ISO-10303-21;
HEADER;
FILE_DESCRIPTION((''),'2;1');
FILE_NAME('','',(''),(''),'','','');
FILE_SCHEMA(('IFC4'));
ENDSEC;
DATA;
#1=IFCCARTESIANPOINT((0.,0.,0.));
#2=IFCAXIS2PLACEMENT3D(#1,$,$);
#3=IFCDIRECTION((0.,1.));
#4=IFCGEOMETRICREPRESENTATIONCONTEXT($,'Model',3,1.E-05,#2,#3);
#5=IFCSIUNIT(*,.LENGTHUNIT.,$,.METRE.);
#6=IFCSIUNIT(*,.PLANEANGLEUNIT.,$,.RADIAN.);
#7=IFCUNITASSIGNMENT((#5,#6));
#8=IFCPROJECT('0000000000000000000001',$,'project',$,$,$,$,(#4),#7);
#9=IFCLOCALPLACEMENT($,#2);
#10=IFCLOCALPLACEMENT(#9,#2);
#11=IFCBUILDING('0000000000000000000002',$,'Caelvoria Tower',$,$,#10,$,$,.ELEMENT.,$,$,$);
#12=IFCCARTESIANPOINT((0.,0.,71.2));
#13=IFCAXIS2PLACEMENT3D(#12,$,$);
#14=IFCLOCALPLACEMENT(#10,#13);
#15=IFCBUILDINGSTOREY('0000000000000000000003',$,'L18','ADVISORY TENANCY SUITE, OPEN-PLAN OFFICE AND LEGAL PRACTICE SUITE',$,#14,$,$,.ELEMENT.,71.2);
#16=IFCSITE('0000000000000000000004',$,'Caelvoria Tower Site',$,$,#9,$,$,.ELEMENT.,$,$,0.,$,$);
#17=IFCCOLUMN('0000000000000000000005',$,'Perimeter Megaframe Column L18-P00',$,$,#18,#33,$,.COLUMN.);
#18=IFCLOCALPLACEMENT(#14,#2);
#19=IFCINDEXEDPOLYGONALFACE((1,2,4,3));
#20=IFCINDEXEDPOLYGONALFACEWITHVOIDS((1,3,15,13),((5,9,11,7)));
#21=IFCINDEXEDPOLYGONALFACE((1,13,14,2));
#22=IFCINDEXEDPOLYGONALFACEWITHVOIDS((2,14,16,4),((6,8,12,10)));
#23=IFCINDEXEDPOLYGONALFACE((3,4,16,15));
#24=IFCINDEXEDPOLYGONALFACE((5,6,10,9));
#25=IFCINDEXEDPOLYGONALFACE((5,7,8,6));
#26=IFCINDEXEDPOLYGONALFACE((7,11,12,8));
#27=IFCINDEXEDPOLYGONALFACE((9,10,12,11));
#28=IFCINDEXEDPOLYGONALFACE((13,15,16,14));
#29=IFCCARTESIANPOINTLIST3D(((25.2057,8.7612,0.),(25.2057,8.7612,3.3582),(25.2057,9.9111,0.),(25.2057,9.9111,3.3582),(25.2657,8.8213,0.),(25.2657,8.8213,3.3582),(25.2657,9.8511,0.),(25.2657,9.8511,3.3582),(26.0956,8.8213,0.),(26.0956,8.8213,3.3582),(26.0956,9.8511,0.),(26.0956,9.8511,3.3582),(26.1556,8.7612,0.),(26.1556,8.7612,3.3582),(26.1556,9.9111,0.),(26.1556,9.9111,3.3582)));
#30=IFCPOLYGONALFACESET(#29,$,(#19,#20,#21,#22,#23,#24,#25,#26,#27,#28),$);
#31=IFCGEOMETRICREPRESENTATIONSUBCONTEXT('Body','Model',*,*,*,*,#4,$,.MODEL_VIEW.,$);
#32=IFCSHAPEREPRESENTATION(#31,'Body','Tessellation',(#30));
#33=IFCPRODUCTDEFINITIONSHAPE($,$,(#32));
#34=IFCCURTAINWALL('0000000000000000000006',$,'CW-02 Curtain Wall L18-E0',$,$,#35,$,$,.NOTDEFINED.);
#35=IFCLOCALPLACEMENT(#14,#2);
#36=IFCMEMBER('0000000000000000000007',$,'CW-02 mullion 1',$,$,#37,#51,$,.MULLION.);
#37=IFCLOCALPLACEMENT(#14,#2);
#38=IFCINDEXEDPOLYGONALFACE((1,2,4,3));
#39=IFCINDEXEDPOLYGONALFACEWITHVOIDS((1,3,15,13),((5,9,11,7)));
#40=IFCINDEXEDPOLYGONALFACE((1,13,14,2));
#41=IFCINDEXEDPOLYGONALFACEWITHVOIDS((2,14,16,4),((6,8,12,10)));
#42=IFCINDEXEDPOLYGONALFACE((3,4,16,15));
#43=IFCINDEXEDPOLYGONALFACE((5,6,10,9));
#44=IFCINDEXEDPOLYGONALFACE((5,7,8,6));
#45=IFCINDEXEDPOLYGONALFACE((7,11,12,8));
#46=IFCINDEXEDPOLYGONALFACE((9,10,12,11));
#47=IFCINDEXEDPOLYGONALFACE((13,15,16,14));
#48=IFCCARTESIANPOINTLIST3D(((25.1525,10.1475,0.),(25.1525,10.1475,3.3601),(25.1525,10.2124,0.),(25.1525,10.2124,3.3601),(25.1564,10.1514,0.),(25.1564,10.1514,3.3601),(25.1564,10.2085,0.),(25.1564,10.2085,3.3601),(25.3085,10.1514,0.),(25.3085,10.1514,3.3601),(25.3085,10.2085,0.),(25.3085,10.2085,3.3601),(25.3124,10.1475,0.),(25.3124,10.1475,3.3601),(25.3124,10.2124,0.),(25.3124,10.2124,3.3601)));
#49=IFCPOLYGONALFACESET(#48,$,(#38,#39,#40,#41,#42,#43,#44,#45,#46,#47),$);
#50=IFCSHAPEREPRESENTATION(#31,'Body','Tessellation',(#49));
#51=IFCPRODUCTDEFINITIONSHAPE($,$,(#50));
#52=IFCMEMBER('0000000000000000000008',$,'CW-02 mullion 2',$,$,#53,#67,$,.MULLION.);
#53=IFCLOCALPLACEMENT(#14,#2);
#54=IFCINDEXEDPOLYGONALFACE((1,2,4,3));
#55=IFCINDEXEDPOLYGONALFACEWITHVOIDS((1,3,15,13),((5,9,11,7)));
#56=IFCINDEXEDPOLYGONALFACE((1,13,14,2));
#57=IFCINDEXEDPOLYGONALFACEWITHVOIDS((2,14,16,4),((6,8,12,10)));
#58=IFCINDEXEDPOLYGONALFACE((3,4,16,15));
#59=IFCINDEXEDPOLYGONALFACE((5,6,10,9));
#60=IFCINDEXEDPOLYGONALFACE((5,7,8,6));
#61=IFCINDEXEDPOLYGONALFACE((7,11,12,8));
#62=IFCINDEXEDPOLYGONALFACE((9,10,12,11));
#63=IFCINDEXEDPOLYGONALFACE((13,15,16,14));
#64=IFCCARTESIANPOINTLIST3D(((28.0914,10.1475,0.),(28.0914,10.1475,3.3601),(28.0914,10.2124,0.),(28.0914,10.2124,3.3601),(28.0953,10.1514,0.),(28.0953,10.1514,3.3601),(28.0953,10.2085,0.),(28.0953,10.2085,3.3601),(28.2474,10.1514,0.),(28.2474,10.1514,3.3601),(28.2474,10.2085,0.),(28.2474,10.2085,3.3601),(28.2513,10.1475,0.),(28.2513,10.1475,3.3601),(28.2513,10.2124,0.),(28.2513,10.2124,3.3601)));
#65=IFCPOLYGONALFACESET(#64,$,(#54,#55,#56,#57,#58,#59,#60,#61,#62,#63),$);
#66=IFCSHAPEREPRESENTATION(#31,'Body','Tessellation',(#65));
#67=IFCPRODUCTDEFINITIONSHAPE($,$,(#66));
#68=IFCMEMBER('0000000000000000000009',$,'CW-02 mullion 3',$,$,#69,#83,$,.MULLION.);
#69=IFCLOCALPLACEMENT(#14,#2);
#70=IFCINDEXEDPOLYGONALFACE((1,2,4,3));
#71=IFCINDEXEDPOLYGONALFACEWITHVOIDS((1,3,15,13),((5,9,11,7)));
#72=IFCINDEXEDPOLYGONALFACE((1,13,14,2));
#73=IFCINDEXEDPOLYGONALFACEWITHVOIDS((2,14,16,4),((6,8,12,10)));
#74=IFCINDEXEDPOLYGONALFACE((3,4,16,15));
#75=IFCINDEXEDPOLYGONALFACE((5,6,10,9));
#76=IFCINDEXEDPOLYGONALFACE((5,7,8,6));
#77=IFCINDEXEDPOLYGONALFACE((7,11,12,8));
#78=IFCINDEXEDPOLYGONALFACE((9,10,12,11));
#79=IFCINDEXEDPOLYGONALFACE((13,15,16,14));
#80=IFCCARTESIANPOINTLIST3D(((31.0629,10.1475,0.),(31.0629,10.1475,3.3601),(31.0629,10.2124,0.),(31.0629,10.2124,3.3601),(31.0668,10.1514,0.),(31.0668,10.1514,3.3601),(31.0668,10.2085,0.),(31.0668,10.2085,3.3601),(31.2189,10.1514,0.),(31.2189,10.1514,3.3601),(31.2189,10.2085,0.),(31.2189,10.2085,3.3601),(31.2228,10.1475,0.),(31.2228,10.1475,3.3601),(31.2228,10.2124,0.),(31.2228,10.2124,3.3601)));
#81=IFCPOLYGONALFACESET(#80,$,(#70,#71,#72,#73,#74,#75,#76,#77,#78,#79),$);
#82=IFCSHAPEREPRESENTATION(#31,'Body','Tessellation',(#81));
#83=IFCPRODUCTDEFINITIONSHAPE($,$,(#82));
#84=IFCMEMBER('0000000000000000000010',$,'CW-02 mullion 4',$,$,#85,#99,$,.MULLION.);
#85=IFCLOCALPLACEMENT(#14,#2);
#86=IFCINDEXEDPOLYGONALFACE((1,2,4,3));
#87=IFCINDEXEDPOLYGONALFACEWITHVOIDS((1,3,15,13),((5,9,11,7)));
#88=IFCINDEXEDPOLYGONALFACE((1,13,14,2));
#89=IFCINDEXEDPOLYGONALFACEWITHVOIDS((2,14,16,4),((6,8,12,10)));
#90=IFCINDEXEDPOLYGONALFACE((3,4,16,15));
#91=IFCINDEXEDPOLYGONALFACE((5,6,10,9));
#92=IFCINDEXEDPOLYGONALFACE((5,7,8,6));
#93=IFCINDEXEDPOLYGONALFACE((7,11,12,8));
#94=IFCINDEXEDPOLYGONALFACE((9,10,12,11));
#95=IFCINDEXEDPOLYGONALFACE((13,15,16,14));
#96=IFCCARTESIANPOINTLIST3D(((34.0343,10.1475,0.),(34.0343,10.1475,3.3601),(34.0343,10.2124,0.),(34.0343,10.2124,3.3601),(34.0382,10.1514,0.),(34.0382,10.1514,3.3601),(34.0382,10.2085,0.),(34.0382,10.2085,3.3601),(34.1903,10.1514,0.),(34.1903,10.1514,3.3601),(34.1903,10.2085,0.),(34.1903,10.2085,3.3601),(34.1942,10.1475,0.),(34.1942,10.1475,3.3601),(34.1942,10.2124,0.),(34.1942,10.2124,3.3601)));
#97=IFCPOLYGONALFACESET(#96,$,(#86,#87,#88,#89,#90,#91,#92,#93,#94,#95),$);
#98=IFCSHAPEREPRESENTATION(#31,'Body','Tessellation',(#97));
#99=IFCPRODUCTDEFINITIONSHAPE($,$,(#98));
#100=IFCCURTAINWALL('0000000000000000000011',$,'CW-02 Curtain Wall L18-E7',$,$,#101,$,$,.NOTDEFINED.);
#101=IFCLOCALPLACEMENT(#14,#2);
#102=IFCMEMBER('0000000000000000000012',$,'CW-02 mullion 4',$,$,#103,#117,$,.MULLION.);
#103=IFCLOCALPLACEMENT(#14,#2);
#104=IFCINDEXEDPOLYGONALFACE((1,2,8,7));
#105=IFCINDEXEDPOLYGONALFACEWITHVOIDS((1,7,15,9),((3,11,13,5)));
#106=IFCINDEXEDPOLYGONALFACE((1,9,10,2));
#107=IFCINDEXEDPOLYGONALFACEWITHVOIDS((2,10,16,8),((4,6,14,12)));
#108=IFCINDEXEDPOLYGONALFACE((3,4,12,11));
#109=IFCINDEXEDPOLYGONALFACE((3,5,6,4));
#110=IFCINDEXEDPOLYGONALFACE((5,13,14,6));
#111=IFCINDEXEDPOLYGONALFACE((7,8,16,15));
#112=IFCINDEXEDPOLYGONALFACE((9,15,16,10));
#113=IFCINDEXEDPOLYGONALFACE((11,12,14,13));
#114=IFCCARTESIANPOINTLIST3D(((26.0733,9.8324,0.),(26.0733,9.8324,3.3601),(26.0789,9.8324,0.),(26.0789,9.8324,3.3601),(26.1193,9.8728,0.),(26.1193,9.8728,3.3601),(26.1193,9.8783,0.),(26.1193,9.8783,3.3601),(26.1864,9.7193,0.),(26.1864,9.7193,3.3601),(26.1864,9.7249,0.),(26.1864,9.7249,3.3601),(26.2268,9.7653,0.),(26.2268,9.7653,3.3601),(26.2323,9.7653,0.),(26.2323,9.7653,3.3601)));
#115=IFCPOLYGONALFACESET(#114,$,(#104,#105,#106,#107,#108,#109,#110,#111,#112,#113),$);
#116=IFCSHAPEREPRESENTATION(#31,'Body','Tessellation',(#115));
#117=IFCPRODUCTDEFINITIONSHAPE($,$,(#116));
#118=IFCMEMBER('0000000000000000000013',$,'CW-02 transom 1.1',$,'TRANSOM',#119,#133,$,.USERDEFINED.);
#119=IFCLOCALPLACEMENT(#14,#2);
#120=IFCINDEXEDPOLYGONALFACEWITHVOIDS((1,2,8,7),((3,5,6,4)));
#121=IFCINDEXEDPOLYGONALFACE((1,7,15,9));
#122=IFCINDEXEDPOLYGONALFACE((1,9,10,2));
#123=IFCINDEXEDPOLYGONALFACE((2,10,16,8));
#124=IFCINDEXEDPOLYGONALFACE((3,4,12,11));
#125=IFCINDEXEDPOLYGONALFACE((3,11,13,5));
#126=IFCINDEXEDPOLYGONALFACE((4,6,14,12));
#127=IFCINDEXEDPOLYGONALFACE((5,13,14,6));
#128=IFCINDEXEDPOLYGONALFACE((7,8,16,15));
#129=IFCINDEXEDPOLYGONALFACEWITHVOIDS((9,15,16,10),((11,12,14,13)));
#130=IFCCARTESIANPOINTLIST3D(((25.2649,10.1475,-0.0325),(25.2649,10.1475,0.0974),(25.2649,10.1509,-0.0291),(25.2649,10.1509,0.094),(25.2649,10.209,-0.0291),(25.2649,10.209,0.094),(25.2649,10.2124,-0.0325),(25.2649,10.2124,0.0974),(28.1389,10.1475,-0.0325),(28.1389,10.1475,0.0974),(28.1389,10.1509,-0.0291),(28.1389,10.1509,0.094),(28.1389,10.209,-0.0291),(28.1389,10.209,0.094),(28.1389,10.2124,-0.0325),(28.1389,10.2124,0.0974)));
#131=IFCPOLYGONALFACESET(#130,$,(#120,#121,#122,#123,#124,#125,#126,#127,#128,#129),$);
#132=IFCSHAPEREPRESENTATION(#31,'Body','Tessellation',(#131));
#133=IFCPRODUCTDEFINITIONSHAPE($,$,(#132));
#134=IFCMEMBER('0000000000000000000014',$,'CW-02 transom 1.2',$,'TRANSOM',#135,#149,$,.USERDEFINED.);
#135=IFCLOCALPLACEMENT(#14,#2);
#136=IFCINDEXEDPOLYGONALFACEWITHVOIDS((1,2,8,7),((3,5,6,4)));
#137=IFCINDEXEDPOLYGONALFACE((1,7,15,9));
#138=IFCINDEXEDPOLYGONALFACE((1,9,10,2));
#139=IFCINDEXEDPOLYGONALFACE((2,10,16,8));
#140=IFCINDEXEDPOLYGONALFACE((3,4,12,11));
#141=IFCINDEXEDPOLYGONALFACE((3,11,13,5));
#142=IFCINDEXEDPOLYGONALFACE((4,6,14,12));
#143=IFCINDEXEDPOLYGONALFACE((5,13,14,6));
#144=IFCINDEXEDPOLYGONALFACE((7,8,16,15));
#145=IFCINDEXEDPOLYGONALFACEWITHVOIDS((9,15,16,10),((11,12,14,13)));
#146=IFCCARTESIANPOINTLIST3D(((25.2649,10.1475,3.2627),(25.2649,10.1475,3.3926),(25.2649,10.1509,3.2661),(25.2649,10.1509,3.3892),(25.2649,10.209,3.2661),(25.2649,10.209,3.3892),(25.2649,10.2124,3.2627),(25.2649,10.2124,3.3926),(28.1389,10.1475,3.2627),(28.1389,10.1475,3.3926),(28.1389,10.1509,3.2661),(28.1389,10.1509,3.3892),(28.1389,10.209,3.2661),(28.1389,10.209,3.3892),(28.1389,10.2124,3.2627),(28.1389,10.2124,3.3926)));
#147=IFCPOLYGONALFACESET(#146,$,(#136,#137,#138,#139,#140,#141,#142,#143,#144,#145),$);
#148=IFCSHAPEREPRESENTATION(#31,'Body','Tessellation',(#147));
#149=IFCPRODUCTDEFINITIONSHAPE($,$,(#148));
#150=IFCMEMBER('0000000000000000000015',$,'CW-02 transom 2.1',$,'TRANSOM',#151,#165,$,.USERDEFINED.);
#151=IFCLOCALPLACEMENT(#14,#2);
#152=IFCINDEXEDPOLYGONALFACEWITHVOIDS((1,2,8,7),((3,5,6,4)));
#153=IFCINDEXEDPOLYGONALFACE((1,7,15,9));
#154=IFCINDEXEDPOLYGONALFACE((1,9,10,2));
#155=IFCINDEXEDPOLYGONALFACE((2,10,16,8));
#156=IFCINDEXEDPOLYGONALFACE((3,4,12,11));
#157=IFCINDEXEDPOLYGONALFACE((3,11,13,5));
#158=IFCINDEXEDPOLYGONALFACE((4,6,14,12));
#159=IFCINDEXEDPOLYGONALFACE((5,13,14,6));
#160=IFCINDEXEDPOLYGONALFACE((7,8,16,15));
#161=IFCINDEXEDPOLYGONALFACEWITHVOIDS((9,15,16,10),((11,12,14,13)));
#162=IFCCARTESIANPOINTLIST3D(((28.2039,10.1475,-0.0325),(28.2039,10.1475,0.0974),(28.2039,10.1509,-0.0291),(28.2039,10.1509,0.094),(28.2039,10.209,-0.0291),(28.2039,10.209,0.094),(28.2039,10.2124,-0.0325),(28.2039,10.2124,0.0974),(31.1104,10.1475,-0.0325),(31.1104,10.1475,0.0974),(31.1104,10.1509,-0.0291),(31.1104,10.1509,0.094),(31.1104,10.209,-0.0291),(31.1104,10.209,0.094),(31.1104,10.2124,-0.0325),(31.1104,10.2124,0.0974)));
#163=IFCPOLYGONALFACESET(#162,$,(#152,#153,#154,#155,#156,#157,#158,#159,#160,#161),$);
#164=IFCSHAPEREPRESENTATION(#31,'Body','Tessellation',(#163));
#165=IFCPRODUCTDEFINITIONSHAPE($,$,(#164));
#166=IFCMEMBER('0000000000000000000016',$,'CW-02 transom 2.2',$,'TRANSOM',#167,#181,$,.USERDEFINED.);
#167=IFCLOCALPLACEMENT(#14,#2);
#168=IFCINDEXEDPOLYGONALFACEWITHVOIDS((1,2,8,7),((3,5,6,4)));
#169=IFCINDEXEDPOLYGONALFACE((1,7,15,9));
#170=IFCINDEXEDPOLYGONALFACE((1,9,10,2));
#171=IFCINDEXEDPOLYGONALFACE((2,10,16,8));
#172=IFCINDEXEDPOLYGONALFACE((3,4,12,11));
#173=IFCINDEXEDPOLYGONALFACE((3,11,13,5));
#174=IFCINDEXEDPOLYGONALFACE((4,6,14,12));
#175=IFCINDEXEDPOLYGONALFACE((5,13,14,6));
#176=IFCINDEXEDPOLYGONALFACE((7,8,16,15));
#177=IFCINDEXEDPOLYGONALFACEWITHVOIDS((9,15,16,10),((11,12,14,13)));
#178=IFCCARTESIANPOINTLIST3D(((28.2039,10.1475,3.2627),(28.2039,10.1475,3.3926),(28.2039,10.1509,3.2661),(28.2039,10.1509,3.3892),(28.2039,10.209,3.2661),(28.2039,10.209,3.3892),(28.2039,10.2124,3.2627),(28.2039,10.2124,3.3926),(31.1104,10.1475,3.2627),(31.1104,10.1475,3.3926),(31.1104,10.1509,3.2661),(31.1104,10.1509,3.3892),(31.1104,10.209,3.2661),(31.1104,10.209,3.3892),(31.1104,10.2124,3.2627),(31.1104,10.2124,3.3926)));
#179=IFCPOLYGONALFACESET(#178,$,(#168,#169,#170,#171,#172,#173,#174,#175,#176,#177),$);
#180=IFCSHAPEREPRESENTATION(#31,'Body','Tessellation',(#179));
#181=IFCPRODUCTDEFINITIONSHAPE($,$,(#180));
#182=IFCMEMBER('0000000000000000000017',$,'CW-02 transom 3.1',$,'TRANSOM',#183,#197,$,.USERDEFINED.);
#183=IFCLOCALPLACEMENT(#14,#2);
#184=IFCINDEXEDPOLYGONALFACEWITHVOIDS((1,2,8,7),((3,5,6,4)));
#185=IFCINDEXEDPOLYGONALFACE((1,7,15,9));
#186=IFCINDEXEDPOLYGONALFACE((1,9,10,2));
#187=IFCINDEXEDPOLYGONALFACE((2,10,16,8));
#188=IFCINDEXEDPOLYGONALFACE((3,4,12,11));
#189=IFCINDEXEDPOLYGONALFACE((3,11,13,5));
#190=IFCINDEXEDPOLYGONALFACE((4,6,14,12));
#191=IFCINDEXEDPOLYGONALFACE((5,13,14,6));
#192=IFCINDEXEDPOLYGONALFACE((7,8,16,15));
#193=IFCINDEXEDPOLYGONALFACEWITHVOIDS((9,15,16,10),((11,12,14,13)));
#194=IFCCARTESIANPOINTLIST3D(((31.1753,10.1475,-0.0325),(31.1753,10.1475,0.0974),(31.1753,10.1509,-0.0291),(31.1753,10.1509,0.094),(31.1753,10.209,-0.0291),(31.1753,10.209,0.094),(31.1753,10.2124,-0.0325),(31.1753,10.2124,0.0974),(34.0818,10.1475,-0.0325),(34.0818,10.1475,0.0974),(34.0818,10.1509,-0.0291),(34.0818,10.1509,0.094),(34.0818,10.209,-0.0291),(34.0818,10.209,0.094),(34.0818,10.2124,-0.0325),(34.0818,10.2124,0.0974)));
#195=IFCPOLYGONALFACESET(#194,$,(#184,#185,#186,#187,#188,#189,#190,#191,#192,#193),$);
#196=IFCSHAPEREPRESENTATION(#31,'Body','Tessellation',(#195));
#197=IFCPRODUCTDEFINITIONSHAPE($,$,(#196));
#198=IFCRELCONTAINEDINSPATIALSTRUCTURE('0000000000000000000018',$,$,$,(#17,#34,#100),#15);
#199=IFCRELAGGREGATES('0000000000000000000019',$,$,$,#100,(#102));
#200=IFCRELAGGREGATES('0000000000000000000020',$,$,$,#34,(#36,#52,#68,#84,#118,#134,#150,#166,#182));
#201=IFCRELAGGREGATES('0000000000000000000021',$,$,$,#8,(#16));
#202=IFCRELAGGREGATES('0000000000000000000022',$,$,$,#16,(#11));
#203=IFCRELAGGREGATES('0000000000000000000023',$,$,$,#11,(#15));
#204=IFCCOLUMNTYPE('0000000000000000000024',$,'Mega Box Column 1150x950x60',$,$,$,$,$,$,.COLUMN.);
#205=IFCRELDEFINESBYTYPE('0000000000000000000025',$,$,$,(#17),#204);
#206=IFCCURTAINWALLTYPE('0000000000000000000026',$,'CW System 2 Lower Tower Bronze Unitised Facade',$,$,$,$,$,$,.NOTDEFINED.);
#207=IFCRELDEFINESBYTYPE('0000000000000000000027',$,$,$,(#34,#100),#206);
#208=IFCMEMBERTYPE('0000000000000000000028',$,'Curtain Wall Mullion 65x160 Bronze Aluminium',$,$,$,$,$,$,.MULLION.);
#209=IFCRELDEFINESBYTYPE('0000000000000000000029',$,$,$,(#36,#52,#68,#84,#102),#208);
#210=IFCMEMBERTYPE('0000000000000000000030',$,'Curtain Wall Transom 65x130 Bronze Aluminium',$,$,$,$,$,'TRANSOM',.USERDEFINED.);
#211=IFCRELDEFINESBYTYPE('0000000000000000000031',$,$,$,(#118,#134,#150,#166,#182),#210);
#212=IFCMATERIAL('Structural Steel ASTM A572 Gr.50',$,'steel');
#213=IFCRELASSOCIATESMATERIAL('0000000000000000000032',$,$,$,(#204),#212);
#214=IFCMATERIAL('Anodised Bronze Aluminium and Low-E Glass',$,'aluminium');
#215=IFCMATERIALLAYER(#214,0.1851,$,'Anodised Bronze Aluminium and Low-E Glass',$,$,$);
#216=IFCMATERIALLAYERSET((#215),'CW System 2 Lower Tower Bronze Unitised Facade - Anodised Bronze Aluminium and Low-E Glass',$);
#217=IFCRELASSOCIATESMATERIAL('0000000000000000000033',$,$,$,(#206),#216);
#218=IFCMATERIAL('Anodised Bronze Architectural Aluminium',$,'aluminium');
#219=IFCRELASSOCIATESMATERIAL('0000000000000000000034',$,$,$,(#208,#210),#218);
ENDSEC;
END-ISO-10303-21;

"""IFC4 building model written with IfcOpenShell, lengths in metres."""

from ifc_helpers import new_model, si_unit, direction, frame, origin, origin_2d, place, context, subcontext, project, spatial, hollow_rectangle, extrude, material, layer, layer_set, material_profile, profile_set, type_object, element, aggregate, save


model = new_model("IFC4")

# Units and contexts
model_context = context("Model", 3, precision=1e-05, world=origin(), true_north=direction((0.0, 1.0)))
body_context = subcontext(model_context, "Body", "Model", "MODEL_VIEW")
ifc_project = project(units=[si_unit("LENGTHUNIT", "METRE"), si_unit("PLANEANGLEUNIT", "RADIAN")], contexts=[model_context])

# Site, building, storey
site_placement = place(None, origin())
site = spatial("IfcSite", under=ifc_project, at=site_placement, Name="Caelvoria Tower Site", CompositionType="ELEMENT", RefElevation=0.0)
building_placement = place(site_placement, origin())
building = spatial("IfcBuilding", under=site, at=building_placement, Name="Caelvoria Tower", CompositionType="ELEMENT")
storey_placement = place(building_placement, frame((0.0, 0.0, 71.2)))
storey = spatial("IfcBuildingStorey", under=building, at=storey_placement, Name="L18", Description="ADVISORY TENANCY SUITE, OPEN-PLAN OFFICE AND LEGAL PRACTICE SUITE", CompositionType="ELEMENT", Elevation=71.2)

# Column
ifc_material_1 = material(Name="Structural Steel ASTM A572 Gr.50", Category="steel")
ifc_material_profile_1 = material_profile(ifc_material_1, hollow_rectangle(XDim=0.95, YDim=1.1499, WallThickness=0.0601, at=origin_2d()), Name="Structural Steel ASTM A572 Gr.50")
ifc_profile_set_1 = profile_set([ifc_material_profile_1], Name="BOX1150X950X60 - Structural Steel ASTM A572 Gr.50")
column_type = type_object("IfcColumnType", Name="Mega Box Column 1150x950x60", PredefinedType="COLUMN", material=ifc_profile_set_1)
column_placement = place(storey_placement, frame((25.6807, 9.3362, 0.0), z_axis=(0.0, 0.0, 1.0), x_axis=(1.0, 0.0, 0.0)))
element("IfcColumn", 1, at=column_placement, inside=storey, type_object=column_type, Name="Perimeter Megaframe Column L18-P00", PredefinedType="COLUMN", context=body_context, shape_type="SweptSolid", body=[
    extrude(hollow_rectangle(XDim=0.95, YDim=1.1499, WallThickness=0.0601, at=origin_2d()), origin(), (0.0, 0.0, 1.0), 3.3582),
])

# Curtain wall, members
ifc_material_2 = material(Name="Anodised Bronze Aluminium and Low-E Glass", Category="aluminium")
ifc_layer_1 = layer(ifc_material_2, 0.1851, Name="Anodised Bronze Aluminium and Low-E Glass")
ifc_layer_set_1 = layer_set([ifc_layer_1], Name="CW System 2 Lower Tower Bronze Unitised Facade - Anodised Bronze Aluminium and Low-E Glass")
curtain_wall_type = type_object("IfcCurtainWallType", Name="CW System 2 Lower Tower Bronze Unitised Facade", PredefinedType="NOTDEFINED", material=ifc_layer_set_1)
curtain_wall_1_placement = place(storey_placement, origin())
curtain_wall_1 = element("IfcCurtainWall", 2, at=curtain_wall_1_placement, inside=storey, type_object=curtain_wall_type, Name="CW-02 Curtain Wall L18-E0", PredefinedType="NOTDEFINED")
ifc_material_3 = material(Name="Anodised Bronze Architectural Aluminium", Category="aluminium")
ifc_material_profile_2 = material_profile(ifc_material_3, hollow_rectangle(XDim=0.0649, YDim=0.1599, WallThickness=0.0039, at=origin_2d()), Name="Anodised Bronze Architectural Aluminium")
ifc_profile_set_2 = profile_set([ifc_material_profile_2], Name="CW_MULL_65X160 - Anodised Bronze Architectural Aluminium")
member_type_1 = type_object("IfcMemberType", Name="Curtain Wall Mullion 65x160 Bronze Aluminium", PredefinedType="MULLION", material=ifc_profile_set_2)
member_1_placement = place(storey_placement, frame((25.2324, 10.1799, 0.0), z_axis=(0.0, 0.0, 1.0), x_axis=(0.0, 1.0, 0.0)))
member_1 = element("IfcMember", 3, at=member_1_placement, type_object=member_type_1, Name="CW-02 mullion 1", PredefinedType="MULLION", context=body_context, shape_type="SweptSolid", body=[
    extrude(hollow_rectangle(XDim=0.0649, YDim=0.1599, WallThickness=0.0039, at=origin_2d()), origin(), (0.0, 0.0, 1.0), 3.3601),
])
member_2_placement = place(storey_placement, frame((28.1714, 10.1799, 0.0), z_axis=(0.0, 0.0, 1.0), x_axis=(0.0, 1.0, 0.0)))
member_2 = element("IfcMember", 4, at=member_2_placement, type_object=member_type_1, Name="CW-02 mullion 2", PredefinedType="MULLION", context=body_context, shape_type="SweptSolid", body=[
    extrude(hollow_rectangle(XDim=0.0649, YDim=0.1599, WallThickness=0.0039, at=origin_2d()), origin(), (0.0, 0.0, 1.0), 3.3601),
])
member_3_placement = place(storey_placement, frame((31.1428, 10.1799, 0.0), z_axis=(0.0, 0.0, 1.0), x_axis=(0.0, 1.0, 0.0)))
member_3 = element("IfcMember", 5, at=member_3_placement, type_object=member_type_1, Name="CW-02 mullion 3", PredefinedType="MULLION", context=body_context, shape_type="SweptSolid", body=[
    extrude(hollow_rectangle(XDim=0.0649, YDim=0.1599, WallThickness=0.0039, at=origin_2d()), origin(), (0.0, 0.0, 1.0), 3.3601),
])
member_4_placement = place(storey_placement, frame((34.1143, 10.1799, 0.0), z_axis=(0.0, 0.0, 1.0), x_axis=(0.0, 1.0, 0.0)))
member_4 = element("IfcMember", 6, at=member_4_placement, type_object=member_type_1, Name="CW-02 mullion 4", PredefinedType="MULLION", context=body_context, shape_type="SweptSolid", body=[
    extrude(hollow_rectangle(XDim=0.0649, YDim=0.1599, WallThickness=0.0039, at=origin_2d()), origin(), (0.0, 0.0, 1.0), 3.3601),
])

# Curtain wall, member
curtain_wall_2_placement = place(storey_placement, origin())
curtain_wall_2 = element("IfcCurtainWall", 7, at=curtain_wall_2_placement, inside=storey, type_object=curtain_wall_type, Name="CW-02 Curtain Wall L18-E7", PredefinedType="NOTDEFINED")
member_5_placement = place(storey_placement, frame((26.1528, 9.7988, 0.0), z_axis=(0.0, 0.0, 1.0), x_axis=(0.707107, 0.707107, 0.0)))
member_5 = element("IfcMember", 8, at=member_5_placement, type_object=member_type_1, Name="CW-02 mullion 4", PredefinedType="MULLION", context=body_context, shape_type="SweptSolid", body=[
    extrude(hollow_rectangle(XDim=0.0649, YDim=0.1599, WallThickness=0.0039, at=origin_2d()), origin(), (0.0, 0.0, 1.0), 3.3601),
])
aggregate(curtain_wall_2, [member_5])

# Members
ifc_material_profile_3 = material_profile(ifc_material_3, hollow_rectangle(XDim=0.0649, YDim=0.1299, WallThickness=0.0034, at=origin_2d()), Name="Anodised Bronze Architectural Aluminium")
ifc_profile_set_3 = profile_set([ifc_material_profile_3], Name="CW_TRAN_65X130 - Anodised Bronze Architectural Aluminium")
member_type_2 = type_object("IfcMemberType", Name="Curtain Wall Transom 65x130 Bronze Aluminium", ElementType="TRANSOM", PredefinedType="USERDEFINED", material=ifc_profile_set_3)
member_6_placement = place(storey_placement, frame((25.2649, 10.1799, 0.0325), z_axis=(1.0, 0.0, 0.0), x_axis=(0.0, 1.0, 0.0)))
member_6 = element("IfcMember", 9, at=member_6_placement, type_object=member_type_2, Name="CW-02 transom 1.1", ObjectType="TRANSOM", PredefinedType="USERDEFINED", context=body_context, shape_type="SweptSolid", body=[
    extrude(hollow_rectangle(XDim=0.0649, YDim=0.1299, WallThickness=0.0034, at=origin_2d()), origin(), (0.0, 0.0, 1.0), 2.874),
])
member_7_placement = place(storey_placement, frame((25.2649, 10.1799, 3.3276), z_axis=(1.0, 0.0, 0.0), x_axis=(0.0, 1.0, 0.0)))
member_7 = element("IfcMember", 10, at=member_7_placement, type_object=member_type_2, Name="CW-02 transom 1.2", ObjectType="TRANSOM", PredefinedType="USERDEFINED", context=body_context, shape_type="SweptSolid", body=[
    extrude(hollow_rectangle(XDim=0.0649, YDim=0.1299, WallThickness=0.0034, at=origin_2d()), origin(), (0.0, 0.0, 1.0), 2.874),
])
member_8_placement = place(storey_placement, frame((28.2039, 10.1799, 0.0325), z_axis=(1.0, 0.0, 0.0), x_axis=(0.0, 1.0, 0.0)))
member_8 = element("IfcMember", 11, at=member_8_placement, type_object=member_type_2, Name="CW-02 transom 2.1", ObjectType="TRANSOM", PredefinedType="USERDEFINED", context=body_context, shape_type="SweptSolid", body=[
    extrude(hollow_rectangle(XDim=0.0649, YDim=0.1299, WallThickness=0.0034, at=origin_2d()), origin(), (0.0, 0.0, 1.0), 2.9065),
])
member_9_placement = place(storey_placement, frame((28.2039, 10.1799, 3.3276), z_axis=(1.0, 0.0, 0.0), x_axis=(0.0, 1.0, 0.0)))
member_9 = element("IfcMember", 12, at=member_9_placement, type_object=member_type_2, Name="CW-02 transom 2.2", ObjectType="TRANSOM", PredefinedType="USERDEFINED", context=body_context, shape_type="SweptSolid", body=[
    extrude(hollow_rectangle(XDim=0.0649, YDim=0.1299, WallThickness=0.0034, at=origin_2d()), origin(), (0.0, 0.0, 1.0), 2.9065),
])
member_10_placement = place(storey_placement, frame((31.1753, 10.1799, 0.0325), z_axis=(1.0, 0.0, 0.0), x_axis=(0.0, 1.0, 0.0)))
member_10 = element("IfcMember", 13, at=member_10_placement, type_object=member_type_2, Name="CW-02 transom 3.1", ObjectType="TRANSOM", PredefinedType="USERDEFINED", context=body_context, shape_type="SweptSolid", body=[
    extrude(hollow_rectangle(XDim=0.0649, YDim=0.1299, WallThickness=0.0034, at=origin_2d()), origin(), (0.0, 0.0, 1.0), 2.9065),
])

aggregate(curtain_wall_1, [member_1, member_2, member_3, member_4, member_6, member_7, member_8, member_9, member_10])

save(model, "model.ifc")
